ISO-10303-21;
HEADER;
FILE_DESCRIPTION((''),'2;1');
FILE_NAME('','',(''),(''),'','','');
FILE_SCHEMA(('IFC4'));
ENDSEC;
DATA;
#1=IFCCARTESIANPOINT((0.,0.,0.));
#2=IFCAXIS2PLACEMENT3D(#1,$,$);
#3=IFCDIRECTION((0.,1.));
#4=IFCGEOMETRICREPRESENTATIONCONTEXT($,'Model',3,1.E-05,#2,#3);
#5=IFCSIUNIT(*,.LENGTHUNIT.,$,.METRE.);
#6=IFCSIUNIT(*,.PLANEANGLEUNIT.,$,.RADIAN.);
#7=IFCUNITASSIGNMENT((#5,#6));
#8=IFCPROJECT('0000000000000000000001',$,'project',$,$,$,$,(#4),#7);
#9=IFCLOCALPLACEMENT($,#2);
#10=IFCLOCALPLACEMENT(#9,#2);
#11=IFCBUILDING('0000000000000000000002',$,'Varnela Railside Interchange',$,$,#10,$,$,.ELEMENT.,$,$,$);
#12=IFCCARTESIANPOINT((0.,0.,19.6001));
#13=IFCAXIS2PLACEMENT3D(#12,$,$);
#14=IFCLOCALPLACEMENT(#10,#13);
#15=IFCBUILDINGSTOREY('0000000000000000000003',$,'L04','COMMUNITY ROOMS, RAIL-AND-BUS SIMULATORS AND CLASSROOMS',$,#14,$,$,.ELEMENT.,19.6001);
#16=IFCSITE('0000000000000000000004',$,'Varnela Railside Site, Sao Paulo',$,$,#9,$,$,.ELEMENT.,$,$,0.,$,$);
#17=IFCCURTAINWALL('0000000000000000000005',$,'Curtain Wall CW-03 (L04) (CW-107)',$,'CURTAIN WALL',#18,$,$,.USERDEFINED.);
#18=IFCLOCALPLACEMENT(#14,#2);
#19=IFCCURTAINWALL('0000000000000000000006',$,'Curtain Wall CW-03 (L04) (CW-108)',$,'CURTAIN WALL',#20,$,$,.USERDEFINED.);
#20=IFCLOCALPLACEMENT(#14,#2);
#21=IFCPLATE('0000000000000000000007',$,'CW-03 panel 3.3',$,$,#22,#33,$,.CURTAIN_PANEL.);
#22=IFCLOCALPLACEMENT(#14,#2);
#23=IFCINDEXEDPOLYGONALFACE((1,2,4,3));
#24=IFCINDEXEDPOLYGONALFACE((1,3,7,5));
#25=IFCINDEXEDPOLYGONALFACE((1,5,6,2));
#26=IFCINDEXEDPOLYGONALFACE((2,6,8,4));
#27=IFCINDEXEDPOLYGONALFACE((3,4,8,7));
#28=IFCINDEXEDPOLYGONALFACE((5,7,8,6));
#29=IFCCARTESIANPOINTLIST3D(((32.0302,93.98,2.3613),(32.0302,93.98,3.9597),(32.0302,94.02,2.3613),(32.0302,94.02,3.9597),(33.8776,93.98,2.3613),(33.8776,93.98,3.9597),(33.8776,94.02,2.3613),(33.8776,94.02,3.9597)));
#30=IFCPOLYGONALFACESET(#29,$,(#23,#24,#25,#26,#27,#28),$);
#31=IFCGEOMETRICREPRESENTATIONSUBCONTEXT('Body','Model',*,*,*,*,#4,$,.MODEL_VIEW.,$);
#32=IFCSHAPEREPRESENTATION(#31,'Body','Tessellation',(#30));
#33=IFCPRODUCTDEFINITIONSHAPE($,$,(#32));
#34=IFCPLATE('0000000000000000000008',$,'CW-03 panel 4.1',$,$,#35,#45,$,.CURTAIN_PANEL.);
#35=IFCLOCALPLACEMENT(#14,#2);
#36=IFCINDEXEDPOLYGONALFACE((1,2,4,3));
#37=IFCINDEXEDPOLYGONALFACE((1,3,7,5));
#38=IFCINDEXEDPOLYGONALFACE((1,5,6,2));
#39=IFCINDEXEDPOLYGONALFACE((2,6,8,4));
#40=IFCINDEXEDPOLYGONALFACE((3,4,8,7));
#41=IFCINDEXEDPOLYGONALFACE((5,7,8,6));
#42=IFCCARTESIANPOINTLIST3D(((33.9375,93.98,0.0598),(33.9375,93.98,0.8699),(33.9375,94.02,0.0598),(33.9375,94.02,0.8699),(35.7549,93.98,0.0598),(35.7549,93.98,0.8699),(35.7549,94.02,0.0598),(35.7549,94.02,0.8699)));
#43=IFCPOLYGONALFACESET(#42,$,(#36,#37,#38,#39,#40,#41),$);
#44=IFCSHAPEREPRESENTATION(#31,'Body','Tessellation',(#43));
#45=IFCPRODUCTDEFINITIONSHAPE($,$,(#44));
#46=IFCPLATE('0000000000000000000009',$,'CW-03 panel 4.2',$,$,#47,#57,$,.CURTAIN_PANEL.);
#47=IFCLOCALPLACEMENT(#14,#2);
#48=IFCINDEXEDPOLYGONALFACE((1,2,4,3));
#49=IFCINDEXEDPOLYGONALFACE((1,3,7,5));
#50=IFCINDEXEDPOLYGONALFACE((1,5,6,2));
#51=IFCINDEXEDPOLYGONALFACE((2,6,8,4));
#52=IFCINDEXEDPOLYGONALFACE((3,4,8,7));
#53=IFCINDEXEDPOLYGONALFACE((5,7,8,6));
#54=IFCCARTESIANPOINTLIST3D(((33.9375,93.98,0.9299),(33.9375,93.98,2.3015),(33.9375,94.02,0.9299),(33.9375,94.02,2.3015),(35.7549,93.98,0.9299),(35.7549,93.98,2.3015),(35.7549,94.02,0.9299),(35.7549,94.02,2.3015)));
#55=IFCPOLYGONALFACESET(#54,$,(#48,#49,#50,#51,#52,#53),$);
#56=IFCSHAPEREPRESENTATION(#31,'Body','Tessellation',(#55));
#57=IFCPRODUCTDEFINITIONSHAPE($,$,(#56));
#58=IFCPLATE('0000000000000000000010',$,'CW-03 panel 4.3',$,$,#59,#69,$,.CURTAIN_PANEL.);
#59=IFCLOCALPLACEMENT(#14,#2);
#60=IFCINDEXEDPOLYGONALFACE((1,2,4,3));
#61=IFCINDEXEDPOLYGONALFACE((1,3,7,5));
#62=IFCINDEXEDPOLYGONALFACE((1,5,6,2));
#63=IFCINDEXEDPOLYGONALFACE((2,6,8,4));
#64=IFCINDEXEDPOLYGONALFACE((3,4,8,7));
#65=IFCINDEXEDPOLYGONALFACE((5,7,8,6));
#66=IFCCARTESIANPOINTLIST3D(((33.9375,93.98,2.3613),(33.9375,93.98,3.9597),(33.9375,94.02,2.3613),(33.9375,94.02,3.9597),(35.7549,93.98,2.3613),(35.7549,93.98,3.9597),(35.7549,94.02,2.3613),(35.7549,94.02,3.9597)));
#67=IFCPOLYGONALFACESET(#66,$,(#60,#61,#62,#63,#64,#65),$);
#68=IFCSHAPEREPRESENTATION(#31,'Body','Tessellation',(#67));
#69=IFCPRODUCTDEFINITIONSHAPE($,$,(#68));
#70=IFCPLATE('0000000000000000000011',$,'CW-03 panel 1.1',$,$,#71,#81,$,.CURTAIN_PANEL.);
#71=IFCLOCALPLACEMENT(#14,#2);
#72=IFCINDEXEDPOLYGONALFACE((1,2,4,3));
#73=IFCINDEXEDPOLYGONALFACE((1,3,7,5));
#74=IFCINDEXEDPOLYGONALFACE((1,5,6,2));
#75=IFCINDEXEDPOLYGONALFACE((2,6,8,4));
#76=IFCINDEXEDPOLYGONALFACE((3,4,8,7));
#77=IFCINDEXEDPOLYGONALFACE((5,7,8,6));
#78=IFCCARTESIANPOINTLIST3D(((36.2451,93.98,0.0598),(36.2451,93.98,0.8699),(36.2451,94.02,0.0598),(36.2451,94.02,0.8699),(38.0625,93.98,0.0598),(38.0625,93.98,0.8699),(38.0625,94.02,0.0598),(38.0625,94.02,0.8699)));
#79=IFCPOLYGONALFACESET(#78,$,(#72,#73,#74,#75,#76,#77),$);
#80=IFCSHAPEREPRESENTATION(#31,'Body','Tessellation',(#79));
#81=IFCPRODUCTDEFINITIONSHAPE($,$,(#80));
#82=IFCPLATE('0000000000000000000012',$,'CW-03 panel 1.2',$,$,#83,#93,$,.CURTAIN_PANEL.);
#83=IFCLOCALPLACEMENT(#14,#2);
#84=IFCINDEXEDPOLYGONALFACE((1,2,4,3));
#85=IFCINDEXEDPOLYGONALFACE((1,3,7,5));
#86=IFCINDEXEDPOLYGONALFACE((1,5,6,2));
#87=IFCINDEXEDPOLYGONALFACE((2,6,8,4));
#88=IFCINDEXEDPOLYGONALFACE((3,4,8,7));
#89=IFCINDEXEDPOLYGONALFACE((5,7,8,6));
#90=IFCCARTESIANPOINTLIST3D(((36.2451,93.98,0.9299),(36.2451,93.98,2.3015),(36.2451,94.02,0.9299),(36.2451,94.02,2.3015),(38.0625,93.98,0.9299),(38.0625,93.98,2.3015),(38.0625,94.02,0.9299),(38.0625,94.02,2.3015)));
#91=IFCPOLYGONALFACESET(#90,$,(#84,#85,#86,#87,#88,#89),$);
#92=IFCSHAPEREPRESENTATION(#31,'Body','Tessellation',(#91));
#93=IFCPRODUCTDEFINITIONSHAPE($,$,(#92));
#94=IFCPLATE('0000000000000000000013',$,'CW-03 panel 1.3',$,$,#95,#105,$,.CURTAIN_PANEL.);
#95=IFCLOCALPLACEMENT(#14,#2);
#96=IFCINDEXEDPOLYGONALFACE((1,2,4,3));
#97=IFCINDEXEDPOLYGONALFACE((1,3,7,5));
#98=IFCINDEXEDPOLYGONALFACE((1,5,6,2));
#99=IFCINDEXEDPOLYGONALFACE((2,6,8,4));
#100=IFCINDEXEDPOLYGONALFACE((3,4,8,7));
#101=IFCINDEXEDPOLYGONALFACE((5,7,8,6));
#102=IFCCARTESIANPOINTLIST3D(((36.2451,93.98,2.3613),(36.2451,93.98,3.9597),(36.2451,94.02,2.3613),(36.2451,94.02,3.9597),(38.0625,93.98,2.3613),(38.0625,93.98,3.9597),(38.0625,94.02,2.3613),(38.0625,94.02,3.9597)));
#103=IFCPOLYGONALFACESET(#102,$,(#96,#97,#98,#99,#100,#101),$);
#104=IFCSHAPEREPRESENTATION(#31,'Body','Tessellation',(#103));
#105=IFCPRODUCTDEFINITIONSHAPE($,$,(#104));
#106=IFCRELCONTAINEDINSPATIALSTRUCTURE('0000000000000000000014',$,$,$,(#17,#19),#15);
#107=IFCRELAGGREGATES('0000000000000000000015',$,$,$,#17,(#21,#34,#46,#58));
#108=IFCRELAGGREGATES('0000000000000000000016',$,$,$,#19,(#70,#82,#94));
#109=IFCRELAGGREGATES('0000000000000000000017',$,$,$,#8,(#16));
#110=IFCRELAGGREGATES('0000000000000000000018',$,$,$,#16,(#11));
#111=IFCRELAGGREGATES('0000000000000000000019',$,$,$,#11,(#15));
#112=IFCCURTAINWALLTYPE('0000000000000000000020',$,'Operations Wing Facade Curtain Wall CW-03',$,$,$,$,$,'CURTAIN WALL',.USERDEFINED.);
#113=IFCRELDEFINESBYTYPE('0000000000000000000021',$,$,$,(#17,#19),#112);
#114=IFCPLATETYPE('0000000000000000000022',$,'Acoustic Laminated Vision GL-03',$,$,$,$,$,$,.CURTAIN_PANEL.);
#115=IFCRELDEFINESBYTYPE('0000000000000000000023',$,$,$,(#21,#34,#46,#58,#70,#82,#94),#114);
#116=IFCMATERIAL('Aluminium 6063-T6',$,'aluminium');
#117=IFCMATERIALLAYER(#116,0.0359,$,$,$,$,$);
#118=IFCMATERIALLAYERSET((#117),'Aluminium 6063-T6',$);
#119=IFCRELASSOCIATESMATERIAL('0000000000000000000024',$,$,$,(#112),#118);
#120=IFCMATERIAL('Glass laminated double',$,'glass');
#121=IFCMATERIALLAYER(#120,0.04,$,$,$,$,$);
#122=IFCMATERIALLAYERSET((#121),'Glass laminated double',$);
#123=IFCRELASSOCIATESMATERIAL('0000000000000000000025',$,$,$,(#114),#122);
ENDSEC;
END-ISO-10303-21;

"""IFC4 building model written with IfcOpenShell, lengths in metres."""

from ifc_helpers import new_model, si_unit, direction, frame, origin, origin_2d, place, context, subcontext, project, spatial, rectangle, extrude, material, layer, layer_set, type_object, element, aggregate, save


model = new_model("IFC4")

# Units and contexts
model_context = context("Model", 3, precision=1e-05, world=origin(), true_north=direction((0.0, 1.0)))
body_context = subcontext(model_context, "Body", "Model", "MODEL_VIEW")
ifc_project = project(units=[si_unit("LENGTHUNIT", "METRE"), si_unit("PLANEANGLEUNIT", "RADIAN")], contexts=[model_context])

# Site, building, storey
site_placement = place(None, origin())
site = spatial("IfcSite", under=ifc_project, at=site_placement, Name="Varnela Railside Site, Sao Paulo", CompositionType="ELEMENT", RefElevation=0.0)
building_placement = place(site_placement, origin())
building = spatial("IfcBuilding", under=site, at=building_placement, Name="Varnela Railside Interchange", CompositionType="ELEMENT")
storey_placement = place(building_placement, frame((0.0, 0.0, 19.6001)))
storey = spatial("IfcBuildingStorey", under=building, at=storey_placement, Name="L04", Description="COMMUNITY ROOMS, RAIL-AND-BUS SIMULATORS AND CLASSROOMS", CompositionType="ELEMENT", Elevation=19.6001)

# Curtain walls
ifc_material_1 = material(Name="Aluminium 6063-T6", Category="aluminium")
ifc_layer_1 = layer(ifc_material_1, 0.0359)
ifc_layer_set_1 = layer_set([ifc_layer_1], Name="Aluminium 6063-T6")
curtain_wall_type = type_object("IfcCurtainWallType", Name="Operations Wing Facade Curtain Wall CW-03", ElementType="CURTAIN WALL", PredefinedType="USERDEFINED", material=ifc_layer_set_1)
curtain_wall_1_placement = place(storey_placement, origin())
curtain_wall_1 = element("IfcCurtainWall", 1, at=curtain_wall_1_placement, inside=storey, type_object=curtain_wall_type, Name="Curtain Wall CW-03 (L04) (CW-107)", ObjectType="CURTAIN WALL", PredefinedType="USERDEFINED")
curtain_wall_2_placement = place(storey_placement, origin())
curtain_wall_2 = element("IfcCurtainWall", 2, at=curtain_wall_2_placement, inside=storey, type_object=curtain_wall_type, Name="Curtain Wall CW-03 (L04) (CW-108)", ObjectType="CURTAIN WALL", PredefinedType="USERDEFINED")

# Plates
ifc_material_2 = material(Name="Glass laminated double", Category="glass")
ifc_layer_2 = layer(ifc_material_2, 0.04)
ifc_layer_set_2 = layer_set([ifc_layer_2], Name="Glass laminated double")
plate_type = type_object("IfcPlateType", Name="Acoustic Laminated Vision GL-03", PredefinedType="CURTAIN_PANEL", material=ifc_layer_set_2)
plate_1_placement = place(storey_placement, frame((32.9539, 94.0, 2.3613), z_axis=(0.0, 0.0, 1.0), x_axis=(1.0, 0.0, 0.0)))
plate_1 = element("IfcPlate", 3, at=plate_1_placement, type_object=plate_type, Name="CW-03 panel 3.3", PredefinedType="CURTAIN_PANEL", context=body_context, shape_type="SweptSolid", body=[
    extrude(rectangle(XDim=1.8474, YDim=0.04, at=origin_2d()), origin(), (0.0, 0.0, 1.0), 1.5984),
])
plate_2_placement = place(storey_placement, frame((34.8462, 94.0, 0.0598), z_axis=(0.0, 0.0, 1.0), x_axis=(1.0, 0.0, 0.0)))
plate_2 = element("IfcPlate", 4, at=plate_2_placement, type_object=plate_type, Name="CW-03 panel 4.1", PredefinedType="CURTAIN_PANEL", context=body_context, shape_type="SweptSolid", body=[
    extrude(rectangle(XDim=1.8174, YDim=0.04, at=origin_2d()), origin(), (0.0, 0.0, 1.0), 0.8101),
])
plate_3_placement = place(storey_placement, frame((34.8462, 94.0, 0.9299), z_axis=(0.0, 0.0, 1.0), x_axis=(1.0, 0.0, 0.0)))
plate_3 = element("IfcPlate", 5, at=plate_3_placement, type_object=plate_type, Name="CW-03 panel 4.2", PredefinedType="CURTAIN_PANEL", context=body_context, shape_type="SweptSolid", body=[
    extrude(rectangle(XDim=1.8174, YDim=0.04, at=origin_2d()), origin(), (0.0, 0.0, 1.0), 1.3716),
])
plate_4_placement = place(storey_placement, frame((34.8462, 94.0, 2.3613), z_axis=(0.0, 0.0, 1.0), x_axis=(1.0, 0.0, 0.0)))
plate_4 = element("IfcPlate", 6, at=plate_4_placement, type_object=plate_type, Name="CW-03 panel 4.3", PredefinedType="CURTAIN_PANEL", context=body_context, shape_type="SweptSolid", body=[
    extrude(rectangle(XDim=1.8174, YDim=0.04, at=origin_2d()), origin(), (0.0, 0.0, 1.0), 1.5984),
])
aggregate(curtain_wall_1, [plate_1, plate_2, plate_3, plate_4])
plate_5_placement = place(storey_placement, frame((37.1538, 94.0, 0.0598), z_axis=(0.0, 0.0, 1.0), x_axis=(1.0, 0.0, 0.0)))
plate_5 = element("IfcPlate", 7, at=plate_5_placement, type_object=plate_type, Name="CW-03 panel 1.1", PredefinedType="CURTAIN_PANEL", context=body_context, shape_type="SweptSolid", body=[
    extrude(rectangle(XDim=1.8174, YDim=0.04, at=origin_2d()), origin(), (0.0, 0.0, 1.0), 0.8101),
])
plate_6_placement = place(storey_placement, frame((37.1538, 94.0, 0.9299), z_axis=(0.0, 0.0, 1.0), x_axis=(1.0, 0.0, 0.0)))
plate_6 = element("IfcPlate", 8, at=plate_6_placement, type_object=plate_type, Name="CW-03 panel 1.2", PredefinedType="CURTAIN_PANEL", context=body_context, shape_type="SweptSolid", body=[
    extrude(rectangle(XDim=1.8174, YDim=0.04, at=origin_2d()), origin(), (0.0, 0.0, 1.0), 1.3716),
])
plate_7_placement = place(storey_placement, frame((37.1538, 94.0, 2.3613), z_axis=(0.0, 0.0, 1.0), x_axis=(1.0, 0.0, 0.0)))
plate_7 = element("IfcPlate", 9, at=plate_7_placement, type_object=plate_type, Name="CW-03 panel 1.3", PredefinedType="CURTAIN_PANEL", context=body_context, shape_type="SweptSolid", body=[
    extrude(rectangle(XDim=1.8174, YDim=0.04, at=origin_2d()), origin(), (0.0, 0.0, 1.0), 1.5984),
])
aggregate(curtain_wall_2, [plate_5, plate_6, plate_7])

save(model, "model.ifc")
